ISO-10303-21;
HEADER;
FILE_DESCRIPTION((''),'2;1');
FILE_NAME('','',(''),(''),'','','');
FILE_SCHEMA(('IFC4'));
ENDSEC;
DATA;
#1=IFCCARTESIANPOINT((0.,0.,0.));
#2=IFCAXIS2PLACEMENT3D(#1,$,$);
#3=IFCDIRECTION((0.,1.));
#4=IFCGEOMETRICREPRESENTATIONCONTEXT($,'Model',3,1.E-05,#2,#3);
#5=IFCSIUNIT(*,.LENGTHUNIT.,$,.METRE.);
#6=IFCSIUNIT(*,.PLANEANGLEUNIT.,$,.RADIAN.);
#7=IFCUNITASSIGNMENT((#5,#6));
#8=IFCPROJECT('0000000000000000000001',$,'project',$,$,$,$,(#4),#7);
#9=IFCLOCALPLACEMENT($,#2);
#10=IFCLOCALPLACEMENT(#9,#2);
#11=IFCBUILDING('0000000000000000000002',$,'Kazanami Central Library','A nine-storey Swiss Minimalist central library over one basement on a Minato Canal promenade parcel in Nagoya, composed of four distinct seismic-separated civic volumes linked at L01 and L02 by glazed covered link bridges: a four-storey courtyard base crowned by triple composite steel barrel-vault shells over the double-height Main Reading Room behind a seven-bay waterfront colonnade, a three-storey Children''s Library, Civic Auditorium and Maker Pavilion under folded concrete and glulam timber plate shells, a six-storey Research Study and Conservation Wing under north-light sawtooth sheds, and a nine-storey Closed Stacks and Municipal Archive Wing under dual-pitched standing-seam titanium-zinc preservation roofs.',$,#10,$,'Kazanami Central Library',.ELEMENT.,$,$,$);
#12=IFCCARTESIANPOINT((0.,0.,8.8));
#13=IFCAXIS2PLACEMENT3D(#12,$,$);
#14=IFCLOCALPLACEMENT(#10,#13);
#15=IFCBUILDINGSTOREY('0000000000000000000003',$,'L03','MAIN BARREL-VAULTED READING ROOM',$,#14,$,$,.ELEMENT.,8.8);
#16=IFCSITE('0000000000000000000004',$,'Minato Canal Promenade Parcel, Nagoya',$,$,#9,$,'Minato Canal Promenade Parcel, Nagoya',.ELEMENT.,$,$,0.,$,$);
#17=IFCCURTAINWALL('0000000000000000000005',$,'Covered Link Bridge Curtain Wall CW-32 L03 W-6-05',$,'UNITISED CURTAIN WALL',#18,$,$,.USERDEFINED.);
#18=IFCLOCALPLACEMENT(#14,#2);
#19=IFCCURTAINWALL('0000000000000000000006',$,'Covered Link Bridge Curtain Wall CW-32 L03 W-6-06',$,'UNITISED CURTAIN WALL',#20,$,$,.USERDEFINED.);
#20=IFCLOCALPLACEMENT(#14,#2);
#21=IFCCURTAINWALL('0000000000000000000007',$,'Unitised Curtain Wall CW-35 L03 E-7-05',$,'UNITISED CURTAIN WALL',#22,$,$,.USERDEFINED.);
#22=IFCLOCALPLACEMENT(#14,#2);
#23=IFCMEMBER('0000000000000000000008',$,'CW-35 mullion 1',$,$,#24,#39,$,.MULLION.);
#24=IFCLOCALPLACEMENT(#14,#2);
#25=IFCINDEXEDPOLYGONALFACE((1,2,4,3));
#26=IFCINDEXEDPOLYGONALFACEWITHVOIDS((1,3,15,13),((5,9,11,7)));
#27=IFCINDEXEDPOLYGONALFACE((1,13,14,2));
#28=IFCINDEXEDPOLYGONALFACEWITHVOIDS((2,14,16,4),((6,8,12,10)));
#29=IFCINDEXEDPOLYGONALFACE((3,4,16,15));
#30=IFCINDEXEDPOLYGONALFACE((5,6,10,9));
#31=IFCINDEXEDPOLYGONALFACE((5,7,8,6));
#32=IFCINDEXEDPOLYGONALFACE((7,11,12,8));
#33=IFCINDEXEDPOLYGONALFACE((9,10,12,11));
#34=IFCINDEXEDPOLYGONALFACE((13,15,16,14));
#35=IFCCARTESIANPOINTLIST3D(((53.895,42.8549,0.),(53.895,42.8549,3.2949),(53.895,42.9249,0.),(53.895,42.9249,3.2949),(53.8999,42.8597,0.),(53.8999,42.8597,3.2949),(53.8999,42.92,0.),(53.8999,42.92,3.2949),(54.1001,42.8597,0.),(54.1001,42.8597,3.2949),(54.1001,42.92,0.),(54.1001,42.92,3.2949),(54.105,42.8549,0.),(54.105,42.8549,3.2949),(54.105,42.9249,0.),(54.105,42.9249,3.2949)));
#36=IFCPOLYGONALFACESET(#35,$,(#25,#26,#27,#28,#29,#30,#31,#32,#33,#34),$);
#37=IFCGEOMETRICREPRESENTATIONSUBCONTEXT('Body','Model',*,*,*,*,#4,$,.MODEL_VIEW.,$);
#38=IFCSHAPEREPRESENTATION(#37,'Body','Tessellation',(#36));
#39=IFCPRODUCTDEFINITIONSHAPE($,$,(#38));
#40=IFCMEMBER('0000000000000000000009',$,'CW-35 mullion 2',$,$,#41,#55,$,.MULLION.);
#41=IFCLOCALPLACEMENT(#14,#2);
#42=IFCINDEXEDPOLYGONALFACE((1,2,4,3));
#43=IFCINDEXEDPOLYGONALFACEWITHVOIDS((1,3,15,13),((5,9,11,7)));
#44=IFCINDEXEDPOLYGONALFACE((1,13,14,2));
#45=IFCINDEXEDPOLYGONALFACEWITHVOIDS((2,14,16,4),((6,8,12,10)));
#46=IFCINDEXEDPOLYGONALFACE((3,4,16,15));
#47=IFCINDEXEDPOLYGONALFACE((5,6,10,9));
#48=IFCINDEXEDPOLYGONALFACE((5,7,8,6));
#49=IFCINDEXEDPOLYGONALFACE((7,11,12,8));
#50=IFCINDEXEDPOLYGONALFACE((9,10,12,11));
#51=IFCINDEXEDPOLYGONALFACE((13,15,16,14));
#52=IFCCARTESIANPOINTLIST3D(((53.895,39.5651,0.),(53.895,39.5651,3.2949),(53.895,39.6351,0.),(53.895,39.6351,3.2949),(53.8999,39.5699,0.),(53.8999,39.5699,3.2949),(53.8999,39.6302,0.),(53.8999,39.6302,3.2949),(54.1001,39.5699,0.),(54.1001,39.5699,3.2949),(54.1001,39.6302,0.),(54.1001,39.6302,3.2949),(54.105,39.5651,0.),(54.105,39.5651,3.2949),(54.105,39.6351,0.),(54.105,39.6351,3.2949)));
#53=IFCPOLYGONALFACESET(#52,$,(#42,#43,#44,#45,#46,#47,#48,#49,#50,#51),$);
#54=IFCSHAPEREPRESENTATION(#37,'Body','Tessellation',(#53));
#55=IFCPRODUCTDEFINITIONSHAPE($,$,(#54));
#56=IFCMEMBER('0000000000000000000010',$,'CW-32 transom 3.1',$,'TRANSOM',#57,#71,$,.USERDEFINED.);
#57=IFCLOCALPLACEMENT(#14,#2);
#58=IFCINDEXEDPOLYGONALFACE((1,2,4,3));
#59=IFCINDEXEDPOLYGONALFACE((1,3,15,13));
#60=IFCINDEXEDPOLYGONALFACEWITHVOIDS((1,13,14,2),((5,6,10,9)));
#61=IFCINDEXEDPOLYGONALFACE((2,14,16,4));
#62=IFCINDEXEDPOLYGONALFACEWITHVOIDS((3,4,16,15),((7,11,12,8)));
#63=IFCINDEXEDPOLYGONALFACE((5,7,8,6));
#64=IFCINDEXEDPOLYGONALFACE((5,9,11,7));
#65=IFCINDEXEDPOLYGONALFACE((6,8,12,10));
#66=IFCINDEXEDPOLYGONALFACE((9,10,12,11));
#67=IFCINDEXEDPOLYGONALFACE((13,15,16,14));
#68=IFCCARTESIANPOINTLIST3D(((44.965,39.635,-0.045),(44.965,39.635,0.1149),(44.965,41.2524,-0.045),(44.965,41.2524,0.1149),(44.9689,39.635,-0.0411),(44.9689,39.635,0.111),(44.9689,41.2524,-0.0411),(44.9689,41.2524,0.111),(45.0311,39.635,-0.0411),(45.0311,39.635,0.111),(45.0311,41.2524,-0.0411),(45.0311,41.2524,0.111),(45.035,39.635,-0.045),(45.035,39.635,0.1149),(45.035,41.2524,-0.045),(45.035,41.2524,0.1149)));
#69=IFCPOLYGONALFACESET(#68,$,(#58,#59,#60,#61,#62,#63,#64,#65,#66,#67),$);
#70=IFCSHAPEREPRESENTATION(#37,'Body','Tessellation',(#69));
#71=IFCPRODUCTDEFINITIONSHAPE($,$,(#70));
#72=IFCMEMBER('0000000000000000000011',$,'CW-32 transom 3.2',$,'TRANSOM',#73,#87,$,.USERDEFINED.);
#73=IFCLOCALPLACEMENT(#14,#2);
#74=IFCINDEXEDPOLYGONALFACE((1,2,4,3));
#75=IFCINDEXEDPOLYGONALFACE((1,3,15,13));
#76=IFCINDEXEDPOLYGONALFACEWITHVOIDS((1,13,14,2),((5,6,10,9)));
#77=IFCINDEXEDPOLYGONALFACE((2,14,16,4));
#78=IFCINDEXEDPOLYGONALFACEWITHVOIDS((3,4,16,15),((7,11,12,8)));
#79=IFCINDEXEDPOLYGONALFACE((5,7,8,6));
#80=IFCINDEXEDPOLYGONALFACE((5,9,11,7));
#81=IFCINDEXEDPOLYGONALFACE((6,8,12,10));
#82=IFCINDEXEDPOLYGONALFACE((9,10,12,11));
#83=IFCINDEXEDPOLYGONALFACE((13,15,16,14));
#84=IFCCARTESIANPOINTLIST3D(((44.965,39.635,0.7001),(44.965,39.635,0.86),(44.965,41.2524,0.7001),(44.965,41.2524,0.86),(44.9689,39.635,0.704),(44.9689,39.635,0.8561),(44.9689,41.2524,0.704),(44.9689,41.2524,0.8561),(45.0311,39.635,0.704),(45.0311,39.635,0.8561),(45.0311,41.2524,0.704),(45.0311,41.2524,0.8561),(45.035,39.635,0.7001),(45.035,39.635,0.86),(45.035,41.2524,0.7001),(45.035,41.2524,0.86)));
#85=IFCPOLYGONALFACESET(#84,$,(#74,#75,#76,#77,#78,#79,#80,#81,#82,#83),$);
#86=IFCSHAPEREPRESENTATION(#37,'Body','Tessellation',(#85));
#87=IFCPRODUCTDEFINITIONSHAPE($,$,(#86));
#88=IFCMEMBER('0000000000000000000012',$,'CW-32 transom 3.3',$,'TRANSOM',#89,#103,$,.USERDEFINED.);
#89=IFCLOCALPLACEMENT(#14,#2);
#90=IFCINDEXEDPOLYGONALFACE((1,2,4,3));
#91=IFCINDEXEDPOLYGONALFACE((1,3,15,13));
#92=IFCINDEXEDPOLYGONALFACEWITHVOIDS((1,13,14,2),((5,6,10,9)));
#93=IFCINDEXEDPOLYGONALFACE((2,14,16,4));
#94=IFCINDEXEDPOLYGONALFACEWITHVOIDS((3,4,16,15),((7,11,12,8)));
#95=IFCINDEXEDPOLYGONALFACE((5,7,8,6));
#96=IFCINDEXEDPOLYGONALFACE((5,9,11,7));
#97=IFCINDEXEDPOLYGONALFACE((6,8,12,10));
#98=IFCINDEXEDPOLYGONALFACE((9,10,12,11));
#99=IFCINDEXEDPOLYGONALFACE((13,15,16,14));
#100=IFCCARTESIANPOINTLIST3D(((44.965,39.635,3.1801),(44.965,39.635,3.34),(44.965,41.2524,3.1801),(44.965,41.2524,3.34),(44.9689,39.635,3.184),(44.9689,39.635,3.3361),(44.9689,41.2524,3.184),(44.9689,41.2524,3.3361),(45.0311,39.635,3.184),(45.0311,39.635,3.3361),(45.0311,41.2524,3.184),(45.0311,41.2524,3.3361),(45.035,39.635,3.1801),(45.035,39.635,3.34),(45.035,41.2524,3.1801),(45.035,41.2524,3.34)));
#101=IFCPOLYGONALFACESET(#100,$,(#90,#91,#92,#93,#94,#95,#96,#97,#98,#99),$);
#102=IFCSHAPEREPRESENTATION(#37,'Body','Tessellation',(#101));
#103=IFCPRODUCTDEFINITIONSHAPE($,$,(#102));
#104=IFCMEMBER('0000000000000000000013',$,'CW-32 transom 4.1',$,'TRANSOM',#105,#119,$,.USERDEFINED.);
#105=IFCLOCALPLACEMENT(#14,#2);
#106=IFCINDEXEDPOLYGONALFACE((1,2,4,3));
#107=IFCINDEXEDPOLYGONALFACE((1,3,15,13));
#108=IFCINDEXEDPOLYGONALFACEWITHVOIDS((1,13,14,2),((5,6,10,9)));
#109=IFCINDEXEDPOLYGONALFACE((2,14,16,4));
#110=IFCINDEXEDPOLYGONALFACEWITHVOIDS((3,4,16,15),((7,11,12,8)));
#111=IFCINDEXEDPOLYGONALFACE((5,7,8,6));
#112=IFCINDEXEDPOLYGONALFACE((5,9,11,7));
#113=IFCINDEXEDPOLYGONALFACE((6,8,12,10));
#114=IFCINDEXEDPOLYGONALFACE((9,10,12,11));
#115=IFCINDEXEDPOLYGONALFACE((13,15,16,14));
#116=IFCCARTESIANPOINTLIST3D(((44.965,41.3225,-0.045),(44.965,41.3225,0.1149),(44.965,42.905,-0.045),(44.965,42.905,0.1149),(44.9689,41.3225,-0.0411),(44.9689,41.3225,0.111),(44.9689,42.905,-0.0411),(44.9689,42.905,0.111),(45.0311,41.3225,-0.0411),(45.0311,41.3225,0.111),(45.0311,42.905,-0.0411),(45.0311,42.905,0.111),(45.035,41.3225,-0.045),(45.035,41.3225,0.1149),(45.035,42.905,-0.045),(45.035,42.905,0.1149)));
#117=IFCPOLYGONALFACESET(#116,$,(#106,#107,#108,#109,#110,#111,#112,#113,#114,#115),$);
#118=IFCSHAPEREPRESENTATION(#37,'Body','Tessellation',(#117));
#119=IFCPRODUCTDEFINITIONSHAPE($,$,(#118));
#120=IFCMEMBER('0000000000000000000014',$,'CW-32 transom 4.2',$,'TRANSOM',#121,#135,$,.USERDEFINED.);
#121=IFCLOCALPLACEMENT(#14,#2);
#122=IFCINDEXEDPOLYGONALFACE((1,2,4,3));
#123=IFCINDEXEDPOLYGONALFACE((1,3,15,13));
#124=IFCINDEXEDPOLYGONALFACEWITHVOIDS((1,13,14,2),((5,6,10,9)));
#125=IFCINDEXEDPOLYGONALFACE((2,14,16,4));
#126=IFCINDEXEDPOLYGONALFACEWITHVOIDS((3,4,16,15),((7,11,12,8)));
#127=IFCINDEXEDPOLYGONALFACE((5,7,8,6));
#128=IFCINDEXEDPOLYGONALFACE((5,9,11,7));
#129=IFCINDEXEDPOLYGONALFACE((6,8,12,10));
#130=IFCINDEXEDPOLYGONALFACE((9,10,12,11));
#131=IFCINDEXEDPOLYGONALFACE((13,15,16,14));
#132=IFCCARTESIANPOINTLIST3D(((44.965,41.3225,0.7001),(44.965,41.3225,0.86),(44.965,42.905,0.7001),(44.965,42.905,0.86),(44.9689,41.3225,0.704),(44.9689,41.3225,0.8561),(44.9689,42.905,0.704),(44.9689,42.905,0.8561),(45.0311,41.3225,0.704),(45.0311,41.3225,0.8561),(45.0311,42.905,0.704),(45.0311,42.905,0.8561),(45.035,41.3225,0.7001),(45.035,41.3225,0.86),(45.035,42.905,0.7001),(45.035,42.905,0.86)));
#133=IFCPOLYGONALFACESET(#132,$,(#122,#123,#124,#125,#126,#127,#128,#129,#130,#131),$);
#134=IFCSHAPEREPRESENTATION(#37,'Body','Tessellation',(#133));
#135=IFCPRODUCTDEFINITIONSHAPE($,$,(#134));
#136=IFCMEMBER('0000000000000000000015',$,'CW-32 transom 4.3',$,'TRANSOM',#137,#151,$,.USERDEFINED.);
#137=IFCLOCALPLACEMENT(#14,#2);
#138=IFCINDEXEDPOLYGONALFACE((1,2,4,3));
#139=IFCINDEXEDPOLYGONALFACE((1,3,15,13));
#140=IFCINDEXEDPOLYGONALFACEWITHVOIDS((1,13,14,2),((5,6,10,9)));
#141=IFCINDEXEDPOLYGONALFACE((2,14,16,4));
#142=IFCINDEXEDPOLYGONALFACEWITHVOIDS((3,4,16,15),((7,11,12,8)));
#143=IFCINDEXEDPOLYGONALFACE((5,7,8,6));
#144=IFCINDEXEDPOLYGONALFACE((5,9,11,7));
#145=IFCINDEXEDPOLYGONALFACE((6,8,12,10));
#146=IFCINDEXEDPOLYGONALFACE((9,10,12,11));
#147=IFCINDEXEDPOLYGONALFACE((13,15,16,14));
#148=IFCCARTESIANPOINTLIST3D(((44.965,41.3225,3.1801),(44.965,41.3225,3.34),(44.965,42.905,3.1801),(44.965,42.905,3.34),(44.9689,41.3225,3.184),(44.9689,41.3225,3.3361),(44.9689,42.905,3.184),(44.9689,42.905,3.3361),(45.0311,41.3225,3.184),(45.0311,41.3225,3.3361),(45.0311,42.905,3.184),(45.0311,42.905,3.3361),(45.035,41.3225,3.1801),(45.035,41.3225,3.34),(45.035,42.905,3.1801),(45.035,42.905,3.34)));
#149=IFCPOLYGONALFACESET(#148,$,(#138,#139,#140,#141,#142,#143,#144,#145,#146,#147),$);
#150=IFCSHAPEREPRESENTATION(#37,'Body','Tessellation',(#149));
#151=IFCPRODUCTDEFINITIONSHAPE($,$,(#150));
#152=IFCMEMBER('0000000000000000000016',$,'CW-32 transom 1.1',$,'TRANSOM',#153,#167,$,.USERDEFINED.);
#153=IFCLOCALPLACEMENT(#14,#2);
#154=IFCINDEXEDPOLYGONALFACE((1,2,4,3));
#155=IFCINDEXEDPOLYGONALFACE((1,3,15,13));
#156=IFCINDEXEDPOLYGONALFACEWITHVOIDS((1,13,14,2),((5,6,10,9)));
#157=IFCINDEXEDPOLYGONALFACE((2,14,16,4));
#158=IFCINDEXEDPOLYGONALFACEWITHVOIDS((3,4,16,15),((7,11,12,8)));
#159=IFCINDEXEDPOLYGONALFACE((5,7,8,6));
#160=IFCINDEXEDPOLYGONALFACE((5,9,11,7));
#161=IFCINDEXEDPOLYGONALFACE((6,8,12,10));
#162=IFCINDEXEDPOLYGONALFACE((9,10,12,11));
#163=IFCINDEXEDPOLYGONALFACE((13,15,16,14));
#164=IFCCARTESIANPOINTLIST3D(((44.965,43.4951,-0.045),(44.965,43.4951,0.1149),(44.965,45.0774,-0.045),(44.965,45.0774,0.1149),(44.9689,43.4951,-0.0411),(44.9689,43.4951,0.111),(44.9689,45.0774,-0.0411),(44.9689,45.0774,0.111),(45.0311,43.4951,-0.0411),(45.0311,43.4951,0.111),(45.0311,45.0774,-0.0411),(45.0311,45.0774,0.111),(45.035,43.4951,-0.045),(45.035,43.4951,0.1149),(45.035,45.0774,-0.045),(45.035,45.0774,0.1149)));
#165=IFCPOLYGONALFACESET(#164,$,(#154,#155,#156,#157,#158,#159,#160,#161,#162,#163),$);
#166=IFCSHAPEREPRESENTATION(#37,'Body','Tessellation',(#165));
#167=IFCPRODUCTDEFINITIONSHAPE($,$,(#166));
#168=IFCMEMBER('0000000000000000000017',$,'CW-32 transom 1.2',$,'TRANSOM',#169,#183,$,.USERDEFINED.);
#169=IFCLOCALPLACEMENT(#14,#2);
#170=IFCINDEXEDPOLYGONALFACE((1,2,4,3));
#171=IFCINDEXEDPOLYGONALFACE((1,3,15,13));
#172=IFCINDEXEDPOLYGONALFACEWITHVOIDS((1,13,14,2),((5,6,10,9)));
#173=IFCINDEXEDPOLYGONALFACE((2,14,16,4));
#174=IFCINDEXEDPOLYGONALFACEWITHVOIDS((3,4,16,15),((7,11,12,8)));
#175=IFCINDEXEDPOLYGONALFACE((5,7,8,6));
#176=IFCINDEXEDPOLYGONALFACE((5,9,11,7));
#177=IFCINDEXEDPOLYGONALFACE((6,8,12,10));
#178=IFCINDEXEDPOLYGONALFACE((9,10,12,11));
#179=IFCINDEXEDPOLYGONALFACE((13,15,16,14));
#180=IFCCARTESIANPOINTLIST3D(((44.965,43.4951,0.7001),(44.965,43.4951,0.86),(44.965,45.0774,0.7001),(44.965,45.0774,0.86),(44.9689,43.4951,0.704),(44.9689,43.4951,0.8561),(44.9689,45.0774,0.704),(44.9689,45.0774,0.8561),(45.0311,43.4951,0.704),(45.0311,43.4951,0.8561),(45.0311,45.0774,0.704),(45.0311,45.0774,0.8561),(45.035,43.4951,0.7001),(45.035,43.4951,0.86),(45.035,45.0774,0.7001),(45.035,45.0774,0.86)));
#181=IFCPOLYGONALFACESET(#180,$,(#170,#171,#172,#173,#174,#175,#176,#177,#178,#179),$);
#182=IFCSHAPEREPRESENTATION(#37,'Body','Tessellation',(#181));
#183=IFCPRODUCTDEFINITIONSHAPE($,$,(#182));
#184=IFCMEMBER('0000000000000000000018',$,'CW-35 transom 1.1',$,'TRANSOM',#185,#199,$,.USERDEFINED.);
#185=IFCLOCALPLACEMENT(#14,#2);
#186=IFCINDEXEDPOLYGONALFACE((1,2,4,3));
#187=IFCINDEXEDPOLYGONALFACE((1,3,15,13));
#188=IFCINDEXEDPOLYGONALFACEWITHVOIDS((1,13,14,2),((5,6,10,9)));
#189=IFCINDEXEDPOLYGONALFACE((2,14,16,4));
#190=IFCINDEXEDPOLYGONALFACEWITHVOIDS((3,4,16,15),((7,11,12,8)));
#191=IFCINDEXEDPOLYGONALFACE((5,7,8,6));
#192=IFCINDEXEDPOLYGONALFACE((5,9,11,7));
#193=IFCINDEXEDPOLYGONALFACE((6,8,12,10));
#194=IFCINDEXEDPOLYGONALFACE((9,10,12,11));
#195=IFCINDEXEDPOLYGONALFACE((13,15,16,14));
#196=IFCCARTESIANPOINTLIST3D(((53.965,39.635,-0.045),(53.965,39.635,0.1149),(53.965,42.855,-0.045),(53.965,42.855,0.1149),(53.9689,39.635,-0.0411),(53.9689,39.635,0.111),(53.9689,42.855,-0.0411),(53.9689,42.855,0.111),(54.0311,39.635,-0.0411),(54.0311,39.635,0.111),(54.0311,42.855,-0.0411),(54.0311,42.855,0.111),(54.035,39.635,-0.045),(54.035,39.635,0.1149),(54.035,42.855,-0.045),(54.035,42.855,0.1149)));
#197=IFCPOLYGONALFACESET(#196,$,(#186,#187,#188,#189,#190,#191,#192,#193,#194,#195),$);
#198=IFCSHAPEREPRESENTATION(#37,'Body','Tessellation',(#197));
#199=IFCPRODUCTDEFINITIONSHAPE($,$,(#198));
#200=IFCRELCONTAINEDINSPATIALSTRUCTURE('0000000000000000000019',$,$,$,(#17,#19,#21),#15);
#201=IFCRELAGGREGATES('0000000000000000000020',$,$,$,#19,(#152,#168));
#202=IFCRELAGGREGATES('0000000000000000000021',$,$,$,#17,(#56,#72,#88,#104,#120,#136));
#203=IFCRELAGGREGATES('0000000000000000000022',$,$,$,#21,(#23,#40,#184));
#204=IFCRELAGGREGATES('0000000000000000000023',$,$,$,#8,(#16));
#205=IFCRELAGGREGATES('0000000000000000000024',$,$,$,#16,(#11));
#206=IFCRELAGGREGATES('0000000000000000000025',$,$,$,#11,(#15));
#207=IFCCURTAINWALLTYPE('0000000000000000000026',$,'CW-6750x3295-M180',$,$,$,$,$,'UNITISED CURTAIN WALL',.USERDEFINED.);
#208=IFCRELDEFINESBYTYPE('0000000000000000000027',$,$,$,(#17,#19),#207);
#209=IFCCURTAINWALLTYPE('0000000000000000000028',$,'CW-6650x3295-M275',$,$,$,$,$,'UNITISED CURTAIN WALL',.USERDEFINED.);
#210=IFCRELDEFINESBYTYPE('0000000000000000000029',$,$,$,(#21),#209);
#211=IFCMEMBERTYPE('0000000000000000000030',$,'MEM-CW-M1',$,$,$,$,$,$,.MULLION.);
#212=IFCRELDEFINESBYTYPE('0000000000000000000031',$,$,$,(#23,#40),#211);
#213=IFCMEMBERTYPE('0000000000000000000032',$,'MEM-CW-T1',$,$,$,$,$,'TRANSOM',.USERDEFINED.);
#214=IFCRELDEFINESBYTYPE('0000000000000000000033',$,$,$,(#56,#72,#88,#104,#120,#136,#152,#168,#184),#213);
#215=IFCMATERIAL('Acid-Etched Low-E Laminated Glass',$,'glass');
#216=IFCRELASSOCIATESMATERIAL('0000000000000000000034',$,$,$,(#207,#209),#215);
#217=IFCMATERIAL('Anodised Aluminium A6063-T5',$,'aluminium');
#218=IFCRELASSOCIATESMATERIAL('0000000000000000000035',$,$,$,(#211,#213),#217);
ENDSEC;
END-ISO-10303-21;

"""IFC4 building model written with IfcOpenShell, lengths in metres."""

from ifc_helpers import new_model, si_unit, direction, frame, origin, origin_2d, place, context, subcontext, project, spatial, hollow_rectangle, extrude, material, material_profile, profile_set, type_object, element, aggregate, save


model = new_model("IFC4")

# Units and contexts
model_context = context("Model", 3, precision=1e-05, world=origin(), true_north=direction((0.0, 1.0)))
body_context = subcontext(model_context, "Body", "Model", "MODEL_VIEW")
ifc_project = project(units=[si_unit("LENGTHUNIT", "METRE"), si_unit("PLANEANGLEUNIT", "RADIAN")], contexts=[model_context])

# Site, building, storey
site_placement = place(None, origin())
site = spatial("IfcSite", under=ifc_project, at=site_placement, Name="Minato Canal Promenade Parcel, Nagoya", LongName="Minato Canal Promenade Parcel, Nagoya", CompositionType="ELEMENT", RefElevation=0.0)
building_placement = place(site_placement, origin())
building = spatial("IfcBuilding", under=site, at=building_placement, Name="Kazanami Central Library", Description="A nine-storey Swiss Minimalist central library over one basement on a Minato Canal promenade parcel in Nagoya, composed of four distinct seismic-separated civic volumes linked at L01 and L02 by glazed covered link bridges: a four-storey courtyard base crowned by triple composite steel barrel-vault shells over the double-height Main Reading Room behind a seven-bay waterfront colonnade, a three-storey Children's Library, Civic Auditorium and Maker Pavilion under folded concrete and glulam timber plate shells, a six-storey Research Study and Conservation Wing under north-light sawtooth sheds, and a nine-storey Closed Stacks and Municipal Archive Wing under dual-pitched standing-seam titanium-zinc preservation roofs.", LongName="Kazanami Central Library", CompositionType="ELEMENT")
storey_placement = place(building_placement, frame((0.0, 0.0, 8.8)))
storey = spatial("IfcBuildingStorey", under=building, at=storey_placement, Name="L03", Description="MAIN BARREL-VAULTED READING ROOM", CompositionType="ELEMENT", Elevation=8.8)

# Curtain wall
ifc_material_1 = material(Name="Acid-Etched Low-E Laminated Glass", Category="glass")
curtain_wall_type_1 = type_object("IfcCurtainWallType", Name="CW-6750x3295-M180", ElementType="UNITISED CURTAIN WALL", PredefinedType="USERDEFINED", material=ifc_material_1)
curtain_wall_1_placement = place(storey_placement, origin())
curtain_wall_1 = element("IfcCurtainWall", 1, at=curtain_wall_1_placement, inside=storey, type_object=curtain_wall_type_1, Name="Covered Link Bridge Curtain Wall CW-32 L03 W-6-05", ObjectType="UNITISED CURTAIN WALL", PredefinedType="USERDEFINED")
ifc_material_2 = material(Name="Anodised Aluminium A6063-T5", Category="aluminium")
ifc_material_profile_1 = material_profile(ifc_material_2, hollow_rectangle(XDim=0.0701, YDim=0.21, WallThickness=0.0049, at=origin_2d()), Name="ALU-MULL-70x210x5")
ifc_profile_set_1 = profile_set([ifc_material_profile_1], Name="Anodised Aluminium A6063-T5")
member_type_1 = type_object("IfcMemberType", Name="MEM-CW-M1", PredefinedType="MULLION", material=ifc_profile_set_1)

# Curtain wall
curtain_wall_2_placement = place(storey_placement, origin())
curtain_wall_2 = element("IfcCurtainWall", 2, at=curtain_wall_2_placement, inside=storey, type_object=curtain_wall_type_1, Name="Covered Link Bridge Curtain Wall CW-32 L03 W-6-06", ObjectType="UNITISED CURTAIN WALL", PredefinedType="USERDEFINED")

# Curtain wall, members
curtain_wall_type_2 = type_object("IfcCurtainWallType", Name="CW-6650x3295-M275", ElementType="UNITISED CURTAIN WALL", PredefinedType="USERDEFINED", material=ifc_material_1)
curtain_wall_3_placement = place(storey_placement, origin())
curtain_wall_3 = element("IfcCurtainWall", 3, at=curtain_wall_3_placement, inside=storey, type_object=curtain_wall_type_2, Name="Unitised Curtain Wall CW-35 L03 E-7-05", ObjectType="UNITISED CURTAIN WALL", PredefinedType="USERDEFINED")
member_1_placement = place(storey_placement, frame((54.0, 42.8899, 0.0), z_axis=(0.0, 0.0, 1.0), x_axis=(0.0, -1.0, 0.0)))
member_1 = element("IfcMember", 4, at=member_1_placement, type_object=member_type_1, Name="CW-35 mullion 1", PredefinedType="MULLION", context=body_context, shape_type="SweptSolid", body=[
    extrude(hollow_rectangle(XDim=0.0701, YDim=0.21, WallThickness=0.0049, at=origin_2d()), origin(), (0.0, 0.0, 1.0), 3.2949),
])
member_2_placement = place(storey_placement, frame((54.0, 39.6001, 0.0), z_axis=(0.0, 0.0, 1.0), x_axis=(0.0, -1.0, 0.0)))
member_2 = element("IfcMember", 5, at=member_2_placement, type_object=member_type_1, Name="CW-35 mullion 2", PredefinedType="MULLION", context=body_context, shape_type="SweptSolid", body=[
    extrude(hollow_rectangle(XDim=0.0701, YDim=0.21, WallThickness=0.0049, at=origin_2d()), origin(), (0.0, 0.0, 1.0), 3.2949),
])

# Members
ifc_material_profile_2 = material_profile(ifc_material_2, hollow_rectangle(XDim=0.0701, YDim=0.1599, WallThickness=0.0039, at=origin_2d()), Name="ALU-TRAN-70x160x4")
ifc_profile_set_2 = profile_set([ifc_material_profile_2], Name="Anodised Aluminium A6063-T5")
member_type_2 = type_object("IfcMemberType", Name="MEM-CW-T1", ElementType="TRANSOM", PredefinedType="USERDEFINED", material=ifc_profile_set_2)
member_3_placement = place(storey_placement, frame((45.0, 39.635, 0.0349), z_axis=(0.0, 1.0, 0.0), x_axis=(-1.0, 0.0, 0.0)))
member_3 = element("IfcMember", 6, at=member_3_placement, type_object=member_type_2, Name="CW-32 transom 3.1", ObjectType="TRANSOM", PredefinedType="USERDEFINED", context=body_context, shape_type="SweptSolid", body=[
    extrude(hollow_rectangle(XDim=0.0701, YDim=0.1599, WallThickness=0.0039, at=origin_2d()), origin(), (0.0, 0.0, 1.0), 1.6174),
])
member_4_placement = place(storey_placement, frame((45.0, 39.635, 0.78), z_axis=(0.0, 1.0, 0.0), x_axis=(-1.0, 0.0, 0.0)))
member_4 = element("IfcMember", 7, at=member_4_placement, type_object=member_type_2, Name="CW-32 transom 3.2", ObjectType="TRANSOM", PredefinedType="USERDEFINED", context=body_context, shape_type="SweptSolid", body=[
    extrude(hollow_rectangle(XDim=0.0701, YDim=0.1599, WallThickness=0.0039, at=origin_2d()), origin(), (0.0, 0.0, 1.0), 1.6174),
])
member_5_placement = place(storey_placement, frame((45.0, 39.635, 3.26), z_axis=(0.0, 1.0, 0.0), x_axis=(-1.0, 0.0, 0.0)))
member_5 = element("IfcMember", 8, at=member_5_placement, type_object=member_type_2, Name="CW-32 transom 3.3", ObjectType="TRANSOM", PredefinedType="USERDEFINED", context=body_context, shape_type="SweptSolid", body=[
    extrude(hollow_rectangle(XDim=0.0701, YDim=0.1599, WallThickness=0.0039, at=origin_2d()), origin(), (0.0, 0.0, 1.0), 1.6174),
])
member_6_placement = place(storey_placement, frame((45.0, 41.3225, 0.0349), z_axis=(0.0, 1.0, 0.0), x_axis=(-1.0, 0.0, 0.0)))
member_6 = element("IfcMember", 9, at=member_6_placement, type_object=member_type_2, Name="CW-32 transom 4.1", ObjectType="TRANSOM", PredefinedType="USERDEFINED", context=body_context, shape_type="SweptSolid", body=[
    extrude(hollow_rectangle(XDim=0.0701, YDim=0.1599, WallThickness=0.0039, at=origin_2d()), origin(), (0.0, 0.0, 1.0), 1.5825),
])
member_7_placement = place(storey_placement, frame((45.0, 41.3225, 0.78), z_axis=(0.0, 1.0, 0.0), x_axis=(-1.0, 0.0, 0.0)))
member_7 = element("IfcMember", 10, at=member_7_placement, type_object=member_type_2, Name="CW-32 transom 4.2", ObjectType="TRANSOM", PredefinedType="USERDEFINED", context=body_context, shape_type="SweptSolid", body=[
    extrude(hollow_rectangle(XDim=0.0701, YDim=0.1599, WallThickness=0.0039, at=origin_2d()), origin(), (0.0, 0.0, 1.0), 1.5825),
])
member_8_placement = place(storey_placement, frame((45.0, 41.3225, 3.26), z_axis=(0.0, 1.0, 0.0), x_axis=(-1.0, 0.0, 0.0)))
member_8 = element("IfcMember", 11, at=member_8_placement, type_object=member_type_2, Name="CW-32 transom 4.3", ObjectType="TRANSOM", PredefinedType="USERDEFINED", context=body_context, shape_type="SweptSolid", body=[
    extrude(hollow_rectangle(XDim=0.0701, YDim=0.1599, WallThickness=0.0039, at=origin_2d()), origin(), (0.0, 0.0, 1.0), 1.5825),
])
member_9_placement = place(storey_placement, frame((45.0, 43.4951, 0.0349), z_axis=(0.0, 1.0, 0.0), x_axis=(-1.0, 0.0, 0.0)))
member_9 = element("IfcMember", 12, at=member_9_placement, type_object=member_type_2, Name="CW-32 transom 1.1", ObjectType="TRANSOM", PredefinedType="USERDEFINED", context=body_context, shape_type="SweptSolid", body=[
    extrude(hollow_rectangle(XDim=0.0701, YDim=0.1599, WallThickness=0.0039, at=origin_2d()), origin(), (0.0, 0.0, 1.0), 1.5823),
])
member_10_placement = place(storey_placement, frame((45.0, 43.4951, 0.78), z_axis=(0.0, 1.0, 0.0), x_axis=(-1.0, 0.0, 0.0)))
member_10 = element("IfcMember", 13, at=member_10_placement, type_object=member_type_2, Name="CW-32 transom 1.2", ObjectType="TRANSOM", PredefinedType="USERDEFINED", context=body_context, shape_type="SweptSolid", body=[
    extrude(hollow_rectangle(XDim=0.0701, YDim=0.1599, WallThickness=0.0039, at=origin_2d()), origin(), (0.0, 0.0, 1.0), 1.5823),
])
aggregate(curtain_wall_2, [member_9, member_10])
member_11_placement = place(storey_placement, frame((54.0, 42.855, 0.0349), z_axis=(0.0, -1.0, 0.0), x_axis=(1.0, 0.0, 0.0)))
member_11 = element("IfcMember", 14, at=member_11_placement, type_object=member_type_2, Name="CW-35 transom 1.1", ObjectType="TRANSOM", PredefinedType="USERDEFINED", context=body_context, shape_type="SweptSolid", body=[
    extrude(hollow_rectangle(XDim=0.0701, YDim=0.1599, WallThickness=0.0039, at=origin_2d()), origin(), (0.0, 0.0, 1.0), 3.22),
])

aggregate(curtain_wall_1, [member_3, member_4, member_5, member_6, member_7, member_8])
aggregate(curtain_wall_3, [member_1, member_2, member_11])

save(model, "model.ifc")
